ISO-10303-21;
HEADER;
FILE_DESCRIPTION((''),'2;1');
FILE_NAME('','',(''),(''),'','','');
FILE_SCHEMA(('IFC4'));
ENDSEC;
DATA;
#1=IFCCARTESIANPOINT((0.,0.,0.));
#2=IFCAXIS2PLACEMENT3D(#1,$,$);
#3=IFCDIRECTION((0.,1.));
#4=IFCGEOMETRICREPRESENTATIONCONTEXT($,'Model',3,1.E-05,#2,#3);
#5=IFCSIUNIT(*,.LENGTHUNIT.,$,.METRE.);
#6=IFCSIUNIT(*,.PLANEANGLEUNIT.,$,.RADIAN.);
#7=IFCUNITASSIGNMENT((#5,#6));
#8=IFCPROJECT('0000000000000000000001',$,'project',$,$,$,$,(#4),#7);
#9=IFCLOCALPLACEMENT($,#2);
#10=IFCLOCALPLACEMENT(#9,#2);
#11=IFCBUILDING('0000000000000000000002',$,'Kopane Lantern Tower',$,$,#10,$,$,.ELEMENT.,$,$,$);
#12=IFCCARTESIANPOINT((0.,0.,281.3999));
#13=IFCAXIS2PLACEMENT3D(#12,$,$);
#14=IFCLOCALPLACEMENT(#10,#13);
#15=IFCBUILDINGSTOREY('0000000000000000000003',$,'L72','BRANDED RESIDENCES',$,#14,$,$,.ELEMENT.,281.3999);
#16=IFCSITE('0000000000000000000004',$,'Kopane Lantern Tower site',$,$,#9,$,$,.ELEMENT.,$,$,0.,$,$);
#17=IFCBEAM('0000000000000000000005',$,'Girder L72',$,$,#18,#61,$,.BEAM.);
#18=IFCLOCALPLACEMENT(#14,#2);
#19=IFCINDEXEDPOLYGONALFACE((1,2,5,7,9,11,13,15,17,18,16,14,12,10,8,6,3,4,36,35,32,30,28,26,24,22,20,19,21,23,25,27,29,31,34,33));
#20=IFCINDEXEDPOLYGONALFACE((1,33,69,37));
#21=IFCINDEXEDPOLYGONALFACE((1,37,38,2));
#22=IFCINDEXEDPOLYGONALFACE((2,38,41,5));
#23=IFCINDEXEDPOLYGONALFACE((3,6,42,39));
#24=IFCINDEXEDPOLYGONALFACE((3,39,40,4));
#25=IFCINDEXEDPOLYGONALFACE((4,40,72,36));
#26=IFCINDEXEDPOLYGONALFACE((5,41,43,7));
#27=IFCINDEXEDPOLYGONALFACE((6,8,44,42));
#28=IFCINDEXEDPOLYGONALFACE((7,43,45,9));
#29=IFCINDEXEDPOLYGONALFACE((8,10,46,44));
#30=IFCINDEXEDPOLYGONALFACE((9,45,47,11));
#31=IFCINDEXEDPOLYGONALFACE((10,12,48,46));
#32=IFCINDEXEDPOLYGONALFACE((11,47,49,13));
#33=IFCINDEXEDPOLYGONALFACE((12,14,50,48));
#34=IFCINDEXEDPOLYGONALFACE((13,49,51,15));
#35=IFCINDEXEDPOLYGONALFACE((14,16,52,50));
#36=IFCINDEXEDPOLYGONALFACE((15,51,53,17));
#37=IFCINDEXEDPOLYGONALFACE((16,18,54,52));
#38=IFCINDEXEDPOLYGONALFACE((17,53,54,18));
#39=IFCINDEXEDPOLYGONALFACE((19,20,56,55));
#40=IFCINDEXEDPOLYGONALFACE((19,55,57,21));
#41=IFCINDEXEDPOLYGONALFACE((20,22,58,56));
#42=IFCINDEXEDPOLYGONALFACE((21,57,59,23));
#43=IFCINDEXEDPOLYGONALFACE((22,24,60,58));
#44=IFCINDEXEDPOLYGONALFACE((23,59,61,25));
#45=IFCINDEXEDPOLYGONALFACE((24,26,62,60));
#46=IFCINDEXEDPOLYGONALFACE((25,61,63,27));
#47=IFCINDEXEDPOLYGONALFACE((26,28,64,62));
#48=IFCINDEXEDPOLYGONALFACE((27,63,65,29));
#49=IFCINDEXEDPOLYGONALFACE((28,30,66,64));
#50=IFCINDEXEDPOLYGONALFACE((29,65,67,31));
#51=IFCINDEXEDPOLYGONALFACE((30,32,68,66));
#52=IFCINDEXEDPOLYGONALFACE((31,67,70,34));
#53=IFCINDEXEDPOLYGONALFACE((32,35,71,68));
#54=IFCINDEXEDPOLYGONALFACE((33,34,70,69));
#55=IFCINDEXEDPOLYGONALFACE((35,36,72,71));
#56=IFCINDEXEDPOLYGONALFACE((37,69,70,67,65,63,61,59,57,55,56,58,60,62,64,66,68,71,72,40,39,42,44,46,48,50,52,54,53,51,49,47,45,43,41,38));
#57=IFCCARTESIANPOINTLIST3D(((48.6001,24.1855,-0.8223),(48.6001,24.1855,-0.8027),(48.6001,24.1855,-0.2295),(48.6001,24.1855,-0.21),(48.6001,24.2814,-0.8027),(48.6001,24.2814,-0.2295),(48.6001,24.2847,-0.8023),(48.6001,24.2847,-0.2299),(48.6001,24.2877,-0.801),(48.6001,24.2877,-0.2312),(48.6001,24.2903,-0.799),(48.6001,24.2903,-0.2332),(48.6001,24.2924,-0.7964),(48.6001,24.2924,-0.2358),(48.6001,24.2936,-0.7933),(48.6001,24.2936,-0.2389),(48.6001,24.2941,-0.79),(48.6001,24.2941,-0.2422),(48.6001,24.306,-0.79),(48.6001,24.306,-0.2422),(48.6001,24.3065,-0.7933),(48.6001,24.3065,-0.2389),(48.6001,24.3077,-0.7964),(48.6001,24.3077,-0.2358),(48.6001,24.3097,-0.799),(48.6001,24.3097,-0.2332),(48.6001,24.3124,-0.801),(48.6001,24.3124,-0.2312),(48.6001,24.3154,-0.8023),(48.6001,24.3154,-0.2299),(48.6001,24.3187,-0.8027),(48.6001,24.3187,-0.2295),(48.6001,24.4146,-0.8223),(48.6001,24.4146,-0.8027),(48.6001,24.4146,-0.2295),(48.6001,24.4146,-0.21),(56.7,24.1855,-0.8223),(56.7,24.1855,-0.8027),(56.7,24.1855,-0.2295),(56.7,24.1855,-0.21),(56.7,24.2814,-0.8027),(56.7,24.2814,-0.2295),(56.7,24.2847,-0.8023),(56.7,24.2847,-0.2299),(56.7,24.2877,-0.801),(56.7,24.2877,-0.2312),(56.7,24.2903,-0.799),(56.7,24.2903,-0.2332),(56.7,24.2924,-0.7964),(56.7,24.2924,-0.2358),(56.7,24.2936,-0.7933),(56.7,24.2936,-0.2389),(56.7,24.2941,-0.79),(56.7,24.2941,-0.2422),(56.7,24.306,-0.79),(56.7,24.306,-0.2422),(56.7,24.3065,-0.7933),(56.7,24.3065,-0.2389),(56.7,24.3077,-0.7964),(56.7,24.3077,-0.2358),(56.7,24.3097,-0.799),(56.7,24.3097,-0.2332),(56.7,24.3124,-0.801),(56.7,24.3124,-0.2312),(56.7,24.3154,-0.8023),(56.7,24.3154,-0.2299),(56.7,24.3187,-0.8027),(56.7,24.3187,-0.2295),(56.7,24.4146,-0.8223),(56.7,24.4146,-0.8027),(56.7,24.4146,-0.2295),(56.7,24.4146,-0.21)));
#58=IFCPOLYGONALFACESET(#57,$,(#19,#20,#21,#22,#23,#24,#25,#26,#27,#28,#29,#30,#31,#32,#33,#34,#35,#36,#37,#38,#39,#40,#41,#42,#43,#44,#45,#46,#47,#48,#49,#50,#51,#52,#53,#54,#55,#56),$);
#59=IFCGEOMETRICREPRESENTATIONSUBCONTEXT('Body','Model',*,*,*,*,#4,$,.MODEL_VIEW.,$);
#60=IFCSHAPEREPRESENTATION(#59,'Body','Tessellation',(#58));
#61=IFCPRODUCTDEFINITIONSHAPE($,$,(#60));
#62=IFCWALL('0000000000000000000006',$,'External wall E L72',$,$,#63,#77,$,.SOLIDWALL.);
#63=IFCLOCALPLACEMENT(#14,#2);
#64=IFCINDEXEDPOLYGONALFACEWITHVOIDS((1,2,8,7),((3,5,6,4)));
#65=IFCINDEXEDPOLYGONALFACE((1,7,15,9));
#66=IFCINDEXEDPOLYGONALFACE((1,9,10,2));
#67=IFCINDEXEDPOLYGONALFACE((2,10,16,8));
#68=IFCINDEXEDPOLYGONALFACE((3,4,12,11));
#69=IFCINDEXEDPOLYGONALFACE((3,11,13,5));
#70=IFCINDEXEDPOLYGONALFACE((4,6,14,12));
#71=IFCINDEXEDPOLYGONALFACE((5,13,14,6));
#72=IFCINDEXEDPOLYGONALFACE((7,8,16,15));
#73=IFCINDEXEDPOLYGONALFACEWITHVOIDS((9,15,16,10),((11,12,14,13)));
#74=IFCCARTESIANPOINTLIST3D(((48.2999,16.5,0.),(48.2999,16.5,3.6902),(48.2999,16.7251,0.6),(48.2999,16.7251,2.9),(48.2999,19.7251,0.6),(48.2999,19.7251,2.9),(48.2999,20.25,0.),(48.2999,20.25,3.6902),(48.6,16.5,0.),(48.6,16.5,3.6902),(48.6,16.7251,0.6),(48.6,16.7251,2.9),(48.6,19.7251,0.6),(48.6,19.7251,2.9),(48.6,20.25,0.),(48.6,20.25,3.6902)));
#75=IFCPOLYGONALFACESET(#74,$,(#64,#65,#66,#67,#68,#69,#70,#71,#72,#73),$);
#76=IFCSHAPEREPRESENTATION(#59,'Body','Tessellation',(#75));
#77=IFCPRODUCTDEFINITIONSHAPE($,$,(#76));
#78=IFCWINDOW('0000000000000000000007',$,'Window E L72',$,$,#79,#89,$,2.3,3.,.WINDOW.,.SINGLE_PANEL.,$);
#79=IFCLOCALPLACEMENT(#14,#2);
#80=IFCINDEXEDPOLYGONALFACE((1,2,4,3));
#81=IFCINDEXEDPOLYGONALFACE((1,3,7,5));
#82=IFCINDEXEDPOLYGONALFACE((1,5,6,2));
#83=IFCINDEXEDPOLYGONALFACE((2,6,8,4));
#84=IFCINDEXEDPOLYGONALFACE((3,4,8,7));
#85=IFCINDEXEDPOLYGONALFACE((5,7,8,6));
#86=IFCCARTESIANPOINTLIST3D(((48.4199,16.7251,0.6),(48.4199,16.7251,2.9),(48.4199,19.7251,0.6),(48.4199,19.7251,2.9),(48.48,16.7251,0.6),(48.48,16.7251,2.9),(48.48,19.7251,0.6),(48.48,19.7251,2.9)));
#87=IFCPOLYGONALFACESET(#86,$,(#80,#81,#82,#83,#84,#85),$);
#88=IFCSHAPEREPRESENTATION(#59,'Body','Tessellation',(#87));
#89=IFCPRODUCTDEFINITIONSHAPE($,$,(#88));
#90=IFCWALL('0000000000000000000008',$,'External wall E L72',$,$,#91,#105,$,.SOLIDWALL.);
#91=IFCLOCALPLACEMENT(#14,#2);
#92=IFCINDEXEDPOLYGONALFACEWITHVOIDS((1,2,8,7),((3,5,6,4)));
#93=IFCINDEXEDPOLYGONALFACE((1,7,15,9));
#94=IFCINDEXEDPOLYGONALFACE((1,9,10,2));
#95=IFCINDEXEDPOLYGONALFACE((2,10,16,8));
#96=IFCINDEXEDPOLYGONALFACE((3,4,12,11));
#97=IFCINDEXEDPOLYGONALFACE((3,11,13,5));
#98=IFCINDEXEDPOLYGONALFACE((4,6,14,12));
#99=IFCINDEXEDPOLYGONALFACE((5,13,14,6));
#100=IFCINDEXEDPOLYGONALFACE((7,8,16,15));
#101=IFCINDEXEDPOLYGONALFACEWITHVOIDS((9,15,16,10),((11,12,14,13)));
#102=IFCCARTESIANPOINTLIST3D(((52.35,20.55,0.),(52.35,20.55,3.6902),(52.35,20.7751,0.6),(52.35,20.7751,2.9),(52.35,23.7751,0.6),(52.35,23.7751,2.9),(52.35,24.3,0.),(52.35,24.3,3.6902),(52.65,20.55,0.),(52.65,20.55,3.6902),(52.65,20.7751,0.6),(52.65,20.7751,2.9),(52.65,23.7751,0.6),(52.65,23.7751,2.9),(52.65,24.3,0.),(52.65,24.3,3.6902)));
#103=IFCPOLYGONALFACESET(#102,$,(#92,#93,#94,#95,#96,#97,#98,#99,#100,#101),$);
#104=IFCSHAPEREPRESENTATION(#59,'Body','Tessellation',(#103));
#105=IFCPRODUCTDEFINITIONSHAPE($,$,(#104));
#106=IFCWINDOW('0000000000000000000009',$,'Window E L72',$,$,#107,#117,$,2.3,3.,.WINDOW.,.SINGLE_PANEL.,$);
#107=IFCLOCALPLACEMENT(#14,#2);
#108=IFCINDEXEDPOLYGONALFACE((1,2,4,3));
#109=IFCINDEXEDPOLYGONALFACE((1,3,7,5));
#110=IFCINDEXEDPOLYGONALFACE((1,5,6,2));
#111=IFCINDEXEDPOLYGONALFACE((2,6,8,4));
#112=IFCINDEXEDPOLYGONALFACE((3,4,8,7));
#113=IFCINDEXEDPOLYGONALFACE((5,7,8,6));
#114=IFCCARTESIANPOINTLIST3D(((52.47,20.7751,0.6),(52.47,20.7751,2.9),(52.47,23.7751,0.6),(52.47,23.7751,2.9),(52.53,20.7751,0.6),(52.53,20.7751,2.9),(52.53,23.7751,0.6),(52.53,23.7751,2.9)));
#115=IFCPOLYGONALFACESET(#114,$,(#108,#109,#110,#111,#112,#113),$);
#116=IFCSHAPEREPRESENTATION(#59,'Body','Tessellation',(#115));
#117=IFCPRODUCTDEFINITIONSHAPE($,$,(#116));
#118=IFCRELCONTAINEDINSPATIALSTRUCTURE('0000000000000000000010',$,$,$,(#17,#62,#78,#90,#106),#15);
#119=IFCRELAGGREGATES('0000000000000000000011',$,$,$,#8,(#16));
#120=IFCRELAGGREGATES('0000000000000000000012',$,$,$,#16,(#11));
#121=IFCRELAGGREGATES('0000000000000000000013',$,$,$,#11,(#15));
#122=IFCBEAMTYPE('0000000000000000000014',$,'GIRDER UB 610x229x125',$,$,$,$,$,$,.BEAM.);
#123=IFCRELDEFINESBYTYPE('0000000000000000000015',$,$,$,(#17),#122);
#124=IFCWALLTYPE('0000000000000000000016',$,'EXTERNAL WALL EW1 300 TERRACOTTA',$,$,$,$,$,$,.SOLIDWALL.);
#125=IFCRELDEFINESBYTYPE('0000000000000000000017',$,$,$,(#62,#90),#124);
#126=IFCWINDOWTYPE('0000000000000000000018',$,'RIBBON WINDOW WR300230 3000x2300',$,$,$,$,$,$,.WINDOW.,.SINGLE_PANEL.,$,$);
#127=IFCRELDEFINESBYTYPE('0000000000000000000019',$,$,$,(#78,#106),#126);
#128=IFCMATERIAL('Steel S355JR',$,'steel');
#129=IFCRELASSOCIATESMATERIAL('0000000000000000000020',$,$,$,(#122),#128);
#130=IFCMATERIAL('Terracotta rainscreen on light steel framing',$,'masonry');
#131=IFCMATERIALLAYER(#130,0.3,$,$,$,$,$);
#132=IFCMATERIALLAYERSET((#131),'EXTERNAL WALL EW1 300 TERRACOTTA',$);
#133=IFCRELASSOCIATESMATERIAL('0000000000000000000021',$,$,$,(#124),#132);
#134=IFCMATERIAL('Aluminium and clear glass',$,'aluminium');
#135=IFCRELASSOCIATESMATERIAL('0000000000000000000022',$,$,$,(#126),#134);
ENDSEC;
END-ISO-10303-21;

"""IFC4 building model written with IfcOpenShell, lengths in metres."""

from ifc_helpers import new_model, si_unit, direction, frame, frame_2d, origin, origin_2d, place, context, subcontext, project, spatial, rectangle, i_section, extrude, material, layer, layer_set, material_profile, profile_set, type_object, element, fill, save


model = new_model("IFC4")

# Units and contexts
model_context = context("Model", 3, precision=1e-05, world=origin(), true_north=direction((0.0, 1.0)))
body_context = subcontext(model_context, "Body", "Model", "MODEL_VIEW")
ifc_project = project(units=[si_unit("LENGTHUNIT", "METRE"), si_unit("PLANEANGLEUNIT", "RADIAN")], contexts=[model_context])

# Site, building, storey
site_placement = place(None, origin())
site = spatial("IfcSite", under=ifc_project, at=site_placement, Name="Kopane Lantern Tower site", CompositionType="ELEMENT", RefElevation=0.0)
building_placement = place(site_placement, origin())
building = spatial("IfcBuilding", under=site, at=building_placement, Name="Kopane Lantern Tower", CompositionType="ELEMENT")
storey_placement = place(building_placement, frame((0.0, 0.0, 281.3999)))
storey = spatial("IfcBuildingStorey", under=building, at=storey_placement, Name="L72", Description="BRANDED RESIDENCES", CompositionType="ELEMENT", Elevation=281.3999)

# Beam
ifc_material_1 = material(Name="Steel S355JR", Category="steel")
ifc_material_profile_1 = material_profile(ifc_material_1, i_section(OverallWidth=0.229, OverallDepth=0.6123, WebThickness=0.012, FlangeThickness=0.0195, FilletRadius=0.0127, at=origin_2d()), Name="UB 610x229x125")
ifc_profile_set_1 = profile_set([ifc_material_profile_1], Name="Steel S355JR")
beam_type_1 = type_object("IfcBeamType", Name="GIRDER UB 610x229x125", PredefinedType="BEAM", material=ifc_profile_set_1)
for number, where, z_axis, x_axis, name in (
    (1, (48.6001, 24.3, -0.5161), (1.0, 0.0, 0.0), (0.0, 1.0, 0.0), "Girder L72"),
):
    element("IfcBeam", number, at=place(storey_placement, frame(where, z_axis=z_axis, x_axis=x_axis)), inside=storey, type_object=beam_type_1, Name=name, PredefinedType="BEAM", context=body_context, shape_type="SweptSolid", body=[
        extrude(i_section(OverallWidth=0.229, OverallDepth=0.6123, WebThickness=0.012, FlangeThickness=0.0195, FilletRadius=0.0127, at=origin_2d()), origin(), (0.0, 0.0, 1.0), 8.0999),
    ])

# Walls, openings, windows
ifc_material_2 = material(Name="Terracotta rainscreen on light steel framing", Category="masonry")
ifc_layer = layer(ifc_material_2, 0.3)
ifc_layer_set = layer_set([ifc_layer], Name="EXTERNAL WALL EW1 300 TERRACOTTA")
wall_type = type_object("IfcWallType", Name="EXTERNAL WALL EW1 300 TERRACOTTA", PredefinedType="SOLIDWALL", material=ifc_layer_set)
wall_1_placement = place(storey_placement, frame((48.45, 16.5, 0.0), z_axis=(0.0, 0.0, 1.0), x_axis=(0.0, 1.0, 0.0)))
wall_1 = element("IfcWall", 2, at=wall_1_placement, inside=storey, type_object=wall_type, Name="External wall E L72", PredefinedType="SOLIDWALL", context=body_context, shape_type="SweptSolid", body=[
    extrude(rectangle(XDim=3.75, YDim=0.3, at=frame_2d((1.875, 0.0))), origin(), (0.0, 0.0, 1.0), 3.6902),
])
opening_1_placement = place(wall_1_placement, frame((0.2251, 0.0, 0.6001)))
opening_1 = element("IfcOpeningElement", 3, at=opening_1_placement, cuts=wall_1, PredefinedType="OPENING", context=body_context, shape_type="SweptSolid", body=[
    extrude(rectangle(XDim=3.0, YDim=2.3, at=frame_2d((1.5, 1.1499))), frame((0.0, 0.1599, 0.0), z_axis=(0.0, -1.0, 0.0), x_axis=(1.0, 0.0, 0.0)), (0.0, 0.0, 1.0), 0.3201),
])
ifc_material_3 = material(Name="Aluminium and clear glass", Category="aluminium")
window_type = type_object("IfcWindowType", Name="RIBBON WINDOW WR300230 3000x2300", PartitioningType="SINGLE_PANEL", PredefinedType="WINDOW", material=ifc_material_3)
window_1_placement = place(opening_1_placement, origin())
window_1 = element("IfcWindow", 4, at=window_1_placement, inside=storey, type_object=window_type, Name="Window E L72", OverallHeight=2.3, OverallWidth=3.0, PartitioningType="SINGLE_PANEL", PredefinedType="WINDOW", context=body_context, shape_type="SweptSolid", body=[
    extrude(rectangle(XDim=3.0, YDim=2.3, at=frame_2d((1.5, 1.1499))), frame((0.0, 0.03, 0.0), z_axis=(0.0, -1.0, 0.0), x_axis=(1.0, 0.0, 0.0)), (0.0, 0.0, 1.0), 0.0601),
])
fill(opening_1, window_1)
wall_2_placement = place(storey_placement, frame((52.5, 20.55, 0.0), z_axis=(0.0, 0.0, 1.0), x_axis=(0.0, 1.0, 0.0)))
wall_2 = element("IfcWall", 5, at=wall_2_placement, inside=storey, type_object=wall_type, Name="External wall E L72", PredefinedType="SOLIDWALL", context=body_context, shape_type="SweptSolid", body=[
    extrude(rectangle(XDim=3.75, YDim=0.3, at=frame_2d((1.875, 0.0))), origin(), (0.0, 0.0, 1.0), 3.6902),
])
opening_2_placement = place(wall_2_placement, frame((0.2251, 0.0, 0.6001)))
opening_2 = element("IfcOpeningElement", 6, at=opening_2_placement, cuts=wall_2, PredefinedType="OPENING", context=body_context, shape_type="SweptSolid", body=[
    extrude(rectangle(XDim=3.0, YDim=2.3, at=frame_2d((1.5, 1.1499))), frame((0.0, 0.1599, 0.0), z_axis=(0.0, -1.0, 0.0), x_axis=(1.0, 0.0, 0.0)), (0.0, 0.0, 1.0), 0.3201),
])
window_2_placement = place(opening_2_placement, origin())
window_2 = element("IfcWindow", 7, at=window_2_placement, inside=storey, type_object=window_type, Name="Window E L72", OverallHeight=2.3, OverallWidth=3.0, PartitioningType="SINGLE_PANEL", PredefinedType="WINDOW", context=body_context, shape_type="SweptSolid", body=[
    extrude(rectangle(XDim=3.0, YDim=2.3, at=frame_2d((1.5, 1.1499))), frame((0.0, 0.03, 0.0), z_axis=(0.0, -1.0, 0.0), x_axis=(1.0, 0.0, 0.0)), (0.0, 0.0, 1.0), 0.0601),
])
fill(opening_2, window_2)

save(model, "model.ifc")
